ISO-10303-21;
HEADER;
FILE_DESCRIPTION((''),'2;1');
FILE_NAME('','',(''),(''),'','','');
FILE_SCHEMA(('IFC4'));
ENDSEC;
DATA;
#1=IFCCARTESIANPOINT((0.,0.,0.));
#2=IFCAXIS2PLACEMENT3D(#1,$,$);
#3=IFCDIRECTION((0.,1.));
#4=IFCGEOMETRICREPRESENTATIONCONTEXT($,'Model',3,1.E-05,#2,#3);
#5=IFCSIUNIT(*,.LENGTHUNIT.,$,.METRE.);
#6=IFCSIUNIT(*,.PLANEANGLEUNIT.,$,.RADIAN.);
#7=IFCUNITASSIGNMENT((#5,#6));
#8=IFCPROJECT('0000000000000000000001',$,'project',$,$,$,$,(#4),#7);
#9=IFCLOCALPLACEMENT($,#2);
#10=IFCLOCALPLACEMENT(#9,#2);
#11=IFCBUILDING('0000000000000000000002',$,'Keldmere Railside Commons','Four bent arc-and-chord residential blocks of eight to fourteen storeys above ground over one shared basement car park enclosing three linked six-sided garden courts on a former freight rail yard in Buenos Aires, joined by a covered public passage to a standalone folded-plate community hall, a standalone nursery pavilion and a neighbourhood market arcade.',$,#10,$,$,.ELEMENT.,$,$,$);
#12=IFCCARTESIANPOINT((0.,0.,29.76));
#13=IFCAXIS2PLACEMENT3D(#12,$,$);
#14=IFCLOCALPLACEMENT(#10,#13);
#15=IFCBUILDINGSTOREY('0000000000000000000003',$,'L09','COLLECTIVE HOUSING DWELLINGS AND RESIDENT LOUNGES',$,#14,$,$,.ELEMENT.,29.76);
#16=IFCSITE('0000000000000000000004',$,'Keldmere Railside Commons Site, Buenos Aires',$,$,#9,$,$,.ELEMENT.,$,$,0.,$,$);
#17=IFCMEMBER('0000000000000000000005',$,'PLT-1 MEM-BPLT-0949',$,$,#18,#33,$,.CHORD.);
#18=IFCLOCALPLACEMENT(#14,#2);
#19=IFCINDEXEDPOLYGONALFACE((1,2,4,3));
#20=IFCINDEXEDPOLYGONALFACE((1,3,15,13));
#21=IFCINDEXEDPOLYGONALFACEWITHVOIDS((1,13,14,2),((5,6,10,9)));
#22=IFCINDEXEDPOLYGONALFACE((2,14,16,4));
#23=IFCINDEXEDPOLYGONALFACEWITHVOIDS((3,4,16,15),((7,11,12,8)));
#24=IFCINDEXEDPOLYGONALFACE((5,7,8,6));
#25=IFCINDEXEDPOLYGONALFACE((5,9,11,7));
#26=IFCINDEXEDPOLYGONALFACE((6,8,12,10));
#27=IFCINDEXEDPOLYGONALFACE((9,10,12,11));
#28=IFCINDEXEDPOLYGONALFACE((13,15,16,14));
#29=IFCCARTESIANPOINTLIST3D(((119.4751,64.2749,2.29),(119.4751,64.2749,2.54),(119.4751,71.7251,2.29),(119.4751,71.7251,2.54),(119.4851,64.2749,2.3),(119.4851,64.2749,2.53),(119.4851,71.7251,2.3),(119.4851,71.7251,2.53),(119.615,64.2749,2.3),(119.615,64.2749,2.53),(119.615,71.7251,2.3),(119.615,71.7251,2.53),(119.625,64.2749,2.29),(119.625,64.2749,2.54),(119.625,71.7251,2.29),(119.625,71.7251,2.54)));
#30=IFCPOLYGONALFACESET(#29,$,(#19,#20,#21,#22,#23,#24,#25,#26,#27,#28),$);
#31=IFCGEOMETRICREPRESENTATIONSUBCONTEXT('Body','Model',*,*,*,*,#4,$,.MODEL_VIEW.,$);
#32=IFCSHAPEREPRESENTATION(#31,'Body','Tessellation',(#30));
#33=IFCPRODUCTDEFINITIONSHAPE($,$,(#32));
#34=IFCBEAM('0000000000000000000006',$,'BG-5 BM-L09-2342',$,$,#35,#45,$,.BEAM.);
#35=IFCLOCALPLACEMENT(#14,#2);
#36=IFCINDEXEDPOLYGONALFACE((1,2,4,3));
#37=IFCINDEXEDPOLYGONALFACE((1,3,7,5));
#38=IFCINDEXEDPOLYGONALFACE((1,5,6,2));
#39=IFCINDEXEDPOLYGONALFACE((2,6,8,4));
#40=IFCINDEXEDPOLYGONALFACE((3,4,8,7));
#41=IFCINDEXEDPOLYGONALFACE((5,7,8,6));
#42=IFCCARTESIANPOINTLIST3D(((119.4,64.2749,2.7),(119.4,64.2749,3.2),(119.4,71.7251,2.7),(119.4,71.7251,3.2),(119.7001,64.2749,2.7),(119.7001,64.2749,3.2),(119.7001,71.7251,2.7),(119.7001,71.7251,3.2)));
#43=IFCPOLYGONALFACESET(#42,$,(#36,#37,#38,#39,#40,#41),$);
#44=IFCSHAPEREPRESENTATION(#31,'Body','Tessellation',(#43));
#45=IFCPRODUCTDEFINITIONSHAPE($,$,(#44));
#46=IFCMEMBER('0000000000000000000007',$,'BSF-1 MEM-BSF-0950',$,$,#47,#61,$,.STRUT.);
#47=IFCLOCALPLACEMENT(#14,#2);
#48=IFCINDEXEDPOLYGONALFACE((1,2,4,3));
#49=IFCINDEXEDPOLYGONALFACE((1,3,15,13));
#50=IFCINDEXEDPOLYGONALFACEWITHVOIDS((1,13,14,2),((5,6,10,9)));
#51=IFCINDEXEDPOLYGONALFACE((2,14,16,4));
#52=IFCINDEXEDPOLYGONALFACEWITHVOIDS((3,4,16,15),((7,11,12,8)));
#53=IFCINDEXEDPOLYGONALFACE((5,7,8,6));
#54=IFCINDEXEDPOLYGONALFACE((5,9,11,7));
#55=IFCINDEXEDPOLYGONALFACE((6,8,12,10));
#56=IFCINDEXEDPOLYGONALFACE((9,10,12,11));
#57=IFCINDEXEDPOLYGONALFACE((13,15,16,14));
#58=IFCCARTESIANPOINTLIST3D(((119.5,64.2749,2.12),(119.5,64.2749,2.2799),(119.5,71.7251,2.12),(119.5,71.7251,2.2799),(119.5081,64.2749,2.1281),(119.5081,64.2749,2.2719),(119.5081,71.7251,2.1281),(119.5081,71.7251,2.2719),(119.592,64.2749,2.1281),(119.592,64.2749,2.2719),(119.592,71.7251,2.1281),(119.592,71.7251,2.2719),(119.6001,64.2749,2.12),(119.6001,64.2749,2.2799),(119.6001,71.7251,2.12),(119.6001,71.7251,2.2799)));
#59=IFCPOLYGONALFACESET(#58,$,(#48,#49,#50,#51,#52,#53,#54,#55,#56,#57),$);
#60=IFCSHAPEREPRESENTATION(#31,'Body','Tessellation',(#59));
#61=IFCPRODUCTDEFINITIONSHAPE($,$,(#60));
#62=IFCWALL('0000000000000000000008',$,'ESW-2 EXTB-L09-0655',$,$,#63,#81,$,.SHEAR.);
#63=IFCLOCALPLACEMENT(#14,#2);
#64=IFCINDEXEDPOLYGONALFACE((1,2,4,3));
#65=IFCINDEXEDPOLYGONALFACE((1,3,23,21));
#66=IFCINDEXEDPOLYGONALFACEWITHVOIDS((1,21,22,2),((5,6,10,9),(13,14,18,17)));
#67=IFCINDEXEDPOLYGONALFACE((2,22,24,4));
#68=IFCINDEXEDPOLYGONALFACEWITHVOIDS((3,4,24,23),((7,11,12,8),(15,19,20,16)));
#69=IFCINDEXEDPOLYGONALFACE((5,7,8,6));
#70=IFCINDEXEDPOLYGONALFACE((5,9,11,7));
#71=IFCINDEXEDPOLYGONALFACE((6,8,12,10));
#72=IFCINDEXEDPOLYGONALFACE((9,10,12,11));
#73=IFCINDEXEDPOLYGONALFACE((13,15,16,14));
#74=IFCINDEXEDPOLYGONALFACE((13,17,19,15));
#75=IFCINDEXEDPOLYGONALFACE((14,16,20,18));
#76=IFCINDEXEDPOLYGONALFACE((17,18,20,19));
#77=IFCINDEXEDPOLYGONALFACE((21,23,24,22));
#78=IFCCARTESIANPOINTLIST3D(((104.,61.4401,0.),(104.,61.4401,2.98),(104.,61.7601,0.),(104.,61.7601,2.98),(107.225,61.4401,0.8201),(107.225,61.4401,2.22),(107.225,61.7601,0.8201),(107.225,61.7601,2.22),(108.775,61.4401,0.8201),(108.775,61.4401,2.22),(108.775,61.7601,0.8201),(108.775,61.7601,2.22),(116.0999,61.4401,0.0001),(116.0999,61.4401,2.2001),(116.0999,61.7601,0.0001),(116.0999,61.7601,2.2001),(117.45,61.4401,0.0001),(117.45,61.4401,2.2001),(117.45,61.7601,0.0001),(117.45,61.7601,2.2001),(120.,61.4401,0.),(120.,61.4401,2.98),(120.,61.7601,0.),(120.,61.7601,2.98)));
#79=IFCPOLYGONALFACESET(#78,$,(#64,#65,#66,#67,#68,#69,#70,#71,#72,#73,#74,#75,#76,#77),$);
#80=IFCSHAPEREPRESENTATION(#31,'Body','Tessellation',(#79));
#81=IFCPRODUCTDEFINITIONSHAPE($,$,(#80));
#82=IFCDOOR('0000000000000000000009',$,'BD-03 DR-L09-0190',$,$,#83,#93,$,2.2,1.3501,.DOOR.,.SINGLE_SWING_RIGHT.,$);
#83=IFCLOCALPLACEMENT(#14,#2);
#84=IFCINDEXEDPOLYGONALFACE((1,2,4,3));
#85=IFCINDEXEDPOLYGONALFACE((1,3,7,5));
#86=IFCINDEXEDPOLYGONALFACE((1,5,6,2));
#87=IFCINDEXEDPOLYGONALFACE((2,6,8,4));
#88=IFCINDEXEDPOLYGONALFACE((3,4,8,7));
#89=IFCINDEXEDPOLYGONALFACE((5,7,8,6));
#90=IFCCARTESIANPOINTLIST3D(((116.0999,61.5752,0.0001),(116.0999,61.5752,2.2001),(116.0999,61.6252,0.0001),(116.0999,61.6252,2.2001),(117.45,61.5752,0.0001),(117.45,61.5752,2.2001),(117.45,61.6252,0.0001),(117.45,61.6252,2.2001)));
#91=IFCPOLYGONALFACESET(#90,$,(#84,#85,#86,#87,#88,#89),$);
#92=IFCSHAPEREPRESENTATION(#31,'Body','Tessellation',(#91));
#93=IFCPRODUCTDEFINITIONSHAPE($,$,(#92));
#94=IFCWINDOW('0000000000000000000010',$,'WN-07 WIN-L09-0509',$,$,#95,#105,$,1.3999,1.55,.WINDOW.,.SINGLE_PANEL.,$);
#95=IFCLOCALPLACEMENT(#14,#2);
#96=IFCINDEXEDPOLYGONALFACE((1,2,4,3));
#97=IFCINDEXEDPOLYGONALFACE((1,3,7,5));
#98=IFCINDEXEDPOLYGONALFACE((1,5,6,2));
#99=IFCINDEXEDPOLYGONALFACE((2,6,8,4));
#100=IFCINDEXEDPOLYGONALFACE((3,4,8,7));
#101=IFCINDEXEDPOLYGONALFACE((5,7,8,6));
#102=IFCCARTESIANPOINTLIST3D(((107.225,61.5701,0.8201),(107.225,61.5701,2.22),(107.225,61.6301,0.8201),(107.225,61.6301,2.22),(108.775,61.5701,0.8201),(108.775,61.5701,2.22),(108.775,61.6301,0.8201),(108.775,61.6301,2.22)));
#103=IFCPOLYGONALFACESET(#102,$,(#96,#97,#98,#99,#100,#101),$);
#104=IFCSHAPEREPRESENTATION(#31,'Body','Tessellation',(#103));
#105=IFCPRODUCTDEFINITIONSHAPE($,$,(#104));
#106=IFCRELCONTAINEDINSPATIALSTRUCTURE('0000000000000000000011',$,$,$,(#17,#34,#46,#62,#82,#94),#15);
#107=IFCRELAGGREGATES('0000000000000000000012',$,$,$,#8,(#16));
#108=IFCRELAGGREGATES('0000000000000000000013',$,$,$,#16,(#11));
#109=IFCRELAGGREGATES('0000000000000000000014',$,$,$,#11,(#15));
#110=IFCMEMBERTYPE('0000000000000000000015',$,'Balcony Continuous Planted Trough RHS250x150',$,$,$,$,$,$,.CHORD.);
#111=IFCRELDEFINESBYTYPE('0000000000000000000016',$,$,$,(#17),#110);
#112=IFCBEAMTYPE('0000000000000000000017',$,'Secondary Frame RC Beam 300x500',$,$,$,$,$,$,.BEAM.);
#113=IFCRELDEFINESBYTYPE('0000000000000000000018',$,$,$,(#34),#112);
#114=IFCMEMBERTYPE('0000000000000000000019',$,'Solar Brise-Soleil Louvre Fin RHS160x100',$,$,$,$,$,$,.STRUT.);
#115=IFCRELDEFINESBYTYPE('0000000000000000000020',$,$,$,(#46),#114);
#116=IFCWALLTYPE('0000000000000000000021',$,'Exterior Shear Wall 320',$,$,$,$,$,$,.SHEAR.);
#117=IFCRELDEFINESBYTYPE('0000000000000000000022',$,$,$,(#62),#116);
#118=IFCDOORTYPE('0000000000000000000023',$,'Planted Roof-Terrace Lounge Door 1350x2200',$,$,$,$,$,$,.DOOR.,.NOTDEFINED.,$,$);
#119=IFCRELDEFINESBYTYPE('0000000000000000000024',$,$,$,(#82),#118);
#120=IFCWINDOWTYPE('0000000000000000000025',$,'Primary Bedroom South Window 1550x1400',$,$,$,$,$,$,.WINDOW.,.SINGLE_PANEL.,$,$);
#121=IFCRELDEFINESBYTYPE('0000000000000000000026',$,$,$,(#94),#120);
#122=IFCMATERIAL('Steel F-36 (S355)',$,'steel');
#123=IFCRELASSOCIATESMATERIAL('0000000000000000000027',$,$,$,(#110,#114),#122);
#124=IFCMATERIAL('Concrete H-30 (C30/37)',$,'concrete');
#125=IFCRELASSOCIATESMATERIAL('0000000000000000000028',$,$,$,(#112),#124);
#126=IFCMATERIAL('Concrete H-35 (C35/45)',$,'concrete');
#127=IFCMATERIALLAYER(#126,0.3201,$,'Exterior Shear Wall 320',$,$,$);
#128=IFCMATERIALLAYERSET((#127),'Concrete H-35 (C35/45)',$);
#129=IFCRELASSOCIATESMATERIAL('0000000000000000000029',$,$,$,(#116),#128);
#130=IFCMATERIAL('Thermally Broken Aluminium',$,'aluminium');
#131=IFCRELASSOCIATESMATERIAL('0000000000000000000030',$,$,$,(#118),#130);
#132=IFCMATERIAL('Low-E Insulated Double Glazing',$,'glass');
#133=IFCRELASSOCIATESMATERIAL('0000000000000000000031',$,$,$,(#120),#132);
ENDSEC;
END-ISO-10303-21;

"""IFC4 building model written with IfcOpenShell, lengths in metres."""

from ifc_helpers import new_model, si_unit, direction, frame, frame_2d, origin, origin_2d, place, context, subcontext, project, spatial, rectangle, hollow_rectangle, extrude, material, layer, layer_set, material_profile, profile_set, type_object, element, fill, save


model = new_model("IFC4")

# Units and contexts
model_context = context("Model", 3, precision=1e-05, world=origin(), true_north=direction((0.0, 1.0)))
body_context = subcontext(model_context, "Body", "Model", "MODEL_VIEW")
ifc_project = project(units=[si_unit("LENGTHUNIT", "METRE"), si_unit("PLANEANGLEUNIT", "RADIAN")], contexts=[model_context])

# Site, building, storey
site_placement = place(None, origin())
site = spatial("IfcSite", under=ifc_project, at=site_placement, Name="Keldmere Railside Commons Site, Buenos Aires", CompositionType="ELEMENT", RefElevation=0.0)
building_placement = place(site_placement, origin())
building = spatial("IfcBuilding", under=site, at=building_placement, Name="Keldmere Railside Commons", Description="Four bent arc-and-chord residential blocks of eight to fourteen storeys above ground over one shared basement car park enclosing three linked six-sided garden courts on a former freight rail yard in Buenos Aires, joined by a covered public passage to a standalone folded-plate community hall, a standalone nursery pavilion and a neighbourhood market arcade.", CompositionType="ELEMENT")
storey_placement = place(building_placement, frame((0.0, 0.0, 29.76)))
storey = spatial("IfcBuildingStorey", under=building, at=storey_placement, Name="L09", Description="COLLECTIVE HOUSING DWELLINGS AND RESIDENT LOUNGES", CompositionType="ELEMENT", Elevation=29.76)

# Member
ifc_material_1 = material(Name="Steel F-36 (S355)", Category="steel")
ifc_material_profile_1 = material_profile(ifc_material_1, hollow_rectangle(XDim=0.1499, YDim=0.25, WallThickness=0.01, at=origin_2d()), Name="RHS-250x150x10")
ifc_profile_set_1 = profile_set([ifc_material_profile_1], Name="Steel F-36 (S355)")
member_type_1 = type_object("IfcMemberType", Name="Balcony Continuous Planted Trough RHS250x150", PredefinedType="CHORD", material=ifc_profile_set_1)
member_1_placement = place(storey_placement, frame((119.55, 64.2749, 2.415), z_axis=(0.0, 1.0, 0.0), x_axis=(-1.0, 0.0, 0.0)))
element("IfcMember", 1, at=member_1_placement, inside=storey, type_object=member_type_1, Name="PLT-1 MEM-BPLT-0949", PredefinedType="CHORD", context=body_context, shape_type="SweptSolid", body=[
    extrude(hollow_rectangle(XDim=0.1499, YDim=0.25, WallThickness=0.01, at=origin_2d()), origin(), (0.0, 0.0, 1.0), 7.4502),
])

# Beam
ifc_material_2 = material(Name="Concrete H-30 (C30/37)", Category="concrete")
ifc_material_profile_2 = material_profile(ifc_material_2, rectangle(XDim=0.3, YDim=0.5, at=origin_2d()), Name="RC-300x500")
ifc_profile_set_2 = profile_set([ifc_material_profile_2], Name="Concrete H-30 (C30/37)")
beam_type = type_object("IfcBeamType", Name="Secondary Frame RC Beam 300x500", PredefinedType="BEAM", material=ifc_profile_set_2)
beam_placement = place(storey_placement, frame((119.55, 64.2749, 2.95), z_axis=(0.0, 1.0, 0.0), x_axis=(-1.0, 0.0, 0.0)))
element("IfcBeam", 2, at=beam_placement, inside=storey, type_object=beam_type, Name="BG-5 BM-L09-2342", PredefinedType="BEAM", context=body_context, shape_type="SweptSolid", body=[
    extrude(rectangle(XDim=0.3, YDim=0.5, at=origin_2d()), origin(), (0.0, 0.0, 1.0), 7.4502),
])

# Member
ifc_material_profile_3 = material_profile(ifc_material_1, hollow_rectangle(XDim=0.1001, YDim=0.1599, WallThickness=0.0081, at=origin_2d()), Name="RHS-160x100x8")
ifc_profile_set_3 = profile_set([ifc_material_profile_3], Name="Steel F-36 (S355)")
member_type_2 = type_object("IfcMemberType", Name="Solar Brise-Soleil Louvre Fin RHS160x100", PredefinedType="STRUT", material=ifc_profile_set_3)
member_2_placement = place(storey_placement, frame((119.55, 64.2749, 2.2), z_axis=(0.0, 1.0, 0.0), x_axis=(-1.0, 0.0, 0.0)))
element("IfcMember", 3, at=member_2_placement, inside=storey, type_object=member_type_2, Name="BSF-1 MEM-BSF-0950", PredefinedType="STRUT", context=body_context, shape_type="SweptSolid", body=[
    extrude(hollow_rectangle(XDim=0.1001, YDim=0.1599, WallThickness=0.0081, at=origin_2d()), origin(), (0.0, 0.0, 1.0), 7.4502),
])

# Wall, openings, door, window
ifc_material_3 = material(Name="Concrete H-35 (C35/45)", Category="concrete")
ifc_layer = layer(ifc_material_3, 0.3201, Name="Exterior Shear Wall 320")
ifc_layer_set = layer_set([ifc_layer], Name="Concrete H-35 (C35/45)")
wall_type = type_object("IfcWallType", Name="Exterior Shear Wall 320", PredefinedType="SHEAR", material=ifc_layer_set)
wall_placement = place(storey_placement, frame((120.0, 61.6001, 0.0), z_axis=(0.0, 0.0, 1.0), x_axis=(-1.0, 0.0, 0.0)))
wall = element("IfcWall", 4, at=wall_placement, inside=storey, type_object=wall_type, Name="ESW-2 EXTB-L09-0655", PredefinedType="SHEAR", context=body_context, shape_type="SweptSolid", body=[
    extrude(rectangle(XDim=16.0, YDim=0.3201, at=frame_2d((8.0, 0.0))), origin(), (0.0, 0.0, 1.0), 2.98),
])
opening_1_placement = place(wall_placement, frame((2.55, 0.0, 0.0)))
opening_1 = element("IfcOpeningElement", 5, at=opening_1_placement, cuts=wall, PredefinedType="OPENING", context=body_context, shape_type="SweptSolid", body=[
    extrude(rectangle(XDim=1.3501, YDim=2.2, at=frame_2d((0.675, 1.1001))), frame((0.0, 0.1699, 0.0), z_axis=(0.0, -1.0, 0.0), x_axis=(1.0, 0.0, 0.0)), (0.0, 0.0, 1.0), 0.3401),
])
opening_2_placement = place(wall_placement, frame((11.2251, 0.0, 0.8201)))
opening_2 = element("IfcOpeningElement", 6, at=opening_2_placement, cuts=wall, PredefinedType="OPENING", context=body_context, shape_type="SweptSolid", body=[
    extrude(rectangle(XDim=1.55, YDim=1.3999, at=frame_2d((0.7749, 0.7))), frame((0.0, 0.1699, 0.0), z_axis=(0.0, -1.0, 0.0), x_axis=(1.0, 0.0, 0.0)), (0.0, 0.0, 1.0), 0.3401),
])
ifc_material_4 = material(Name="Thermally Broken Aluminium", Category="aluminium")
door_type = type_object("IfcDoorType", Name="Planted Roof-Terrace Lounge Door 1350x2200", OperationType="NOTDEFINED", PredefinedType="DOOR", material=ifc_material_4)
door_placement = place(opening_1_placement, origin())
door = element("IfcDoor", 7, at=door_placement, inside=storey, type_object=door_type, Name="BD-03 DR-L09-0190", OperationType="SINGLE_SWING_RIGHT", OverallHeight=2.2, OverallWidth=1.3501, PredefinedType="DOOR", context=body_context, shape_type="SweptSolid", body=[
    extrude(rectangle(XDim=1.3501, YDim=2.2, at=frame_2d((0.675, 1.1001))), frame((0.0, 0.0249, 0.0), z_axis=(0.0, -1.0, 0.0), x_axis=(1.0, 0.0, 0.0)), (0.0, 0.0, 1.0), 0.05),
])
fill(opening_1, door)
ifc_material_5 = material(Name="Low-E Insulated Double Glazing", Category="glass")
window_type = type_object("IfcWindowType", Name="Primary Bedroom South Window 1550x1400", PartitioningType="SINGLE_PANEL", PredefinedType="WINDOW", material=ifc_material_5)
window_placement = place(opening_2_placement, origin())
window = element("IfcWindow", 8, at=window_placement, inside=storey, type_object=window_type, Name="WN-07 WIN-L09-0509", OverallHeight=1.3999, OverallWidth=1.55, PartitioningType="SINGLE_PANEL", PredefinedType="WINDOW", context=body_context, shape_type="SweptSolid", body=[
    extrude(rectangle(XDim=1.55, YDim=1.3999, at=frame_2d((0.7749, 0.7))), frame((0.0, 0.03, 0.0), z_axis=(0.0, -1.0, 0.0), x_axis=(1.0, 0.0, 0.0)), (0.0, 0.0, 1.0), 0.0601),
])
fill(opening_2, window)

save(model, "model.ifc")
